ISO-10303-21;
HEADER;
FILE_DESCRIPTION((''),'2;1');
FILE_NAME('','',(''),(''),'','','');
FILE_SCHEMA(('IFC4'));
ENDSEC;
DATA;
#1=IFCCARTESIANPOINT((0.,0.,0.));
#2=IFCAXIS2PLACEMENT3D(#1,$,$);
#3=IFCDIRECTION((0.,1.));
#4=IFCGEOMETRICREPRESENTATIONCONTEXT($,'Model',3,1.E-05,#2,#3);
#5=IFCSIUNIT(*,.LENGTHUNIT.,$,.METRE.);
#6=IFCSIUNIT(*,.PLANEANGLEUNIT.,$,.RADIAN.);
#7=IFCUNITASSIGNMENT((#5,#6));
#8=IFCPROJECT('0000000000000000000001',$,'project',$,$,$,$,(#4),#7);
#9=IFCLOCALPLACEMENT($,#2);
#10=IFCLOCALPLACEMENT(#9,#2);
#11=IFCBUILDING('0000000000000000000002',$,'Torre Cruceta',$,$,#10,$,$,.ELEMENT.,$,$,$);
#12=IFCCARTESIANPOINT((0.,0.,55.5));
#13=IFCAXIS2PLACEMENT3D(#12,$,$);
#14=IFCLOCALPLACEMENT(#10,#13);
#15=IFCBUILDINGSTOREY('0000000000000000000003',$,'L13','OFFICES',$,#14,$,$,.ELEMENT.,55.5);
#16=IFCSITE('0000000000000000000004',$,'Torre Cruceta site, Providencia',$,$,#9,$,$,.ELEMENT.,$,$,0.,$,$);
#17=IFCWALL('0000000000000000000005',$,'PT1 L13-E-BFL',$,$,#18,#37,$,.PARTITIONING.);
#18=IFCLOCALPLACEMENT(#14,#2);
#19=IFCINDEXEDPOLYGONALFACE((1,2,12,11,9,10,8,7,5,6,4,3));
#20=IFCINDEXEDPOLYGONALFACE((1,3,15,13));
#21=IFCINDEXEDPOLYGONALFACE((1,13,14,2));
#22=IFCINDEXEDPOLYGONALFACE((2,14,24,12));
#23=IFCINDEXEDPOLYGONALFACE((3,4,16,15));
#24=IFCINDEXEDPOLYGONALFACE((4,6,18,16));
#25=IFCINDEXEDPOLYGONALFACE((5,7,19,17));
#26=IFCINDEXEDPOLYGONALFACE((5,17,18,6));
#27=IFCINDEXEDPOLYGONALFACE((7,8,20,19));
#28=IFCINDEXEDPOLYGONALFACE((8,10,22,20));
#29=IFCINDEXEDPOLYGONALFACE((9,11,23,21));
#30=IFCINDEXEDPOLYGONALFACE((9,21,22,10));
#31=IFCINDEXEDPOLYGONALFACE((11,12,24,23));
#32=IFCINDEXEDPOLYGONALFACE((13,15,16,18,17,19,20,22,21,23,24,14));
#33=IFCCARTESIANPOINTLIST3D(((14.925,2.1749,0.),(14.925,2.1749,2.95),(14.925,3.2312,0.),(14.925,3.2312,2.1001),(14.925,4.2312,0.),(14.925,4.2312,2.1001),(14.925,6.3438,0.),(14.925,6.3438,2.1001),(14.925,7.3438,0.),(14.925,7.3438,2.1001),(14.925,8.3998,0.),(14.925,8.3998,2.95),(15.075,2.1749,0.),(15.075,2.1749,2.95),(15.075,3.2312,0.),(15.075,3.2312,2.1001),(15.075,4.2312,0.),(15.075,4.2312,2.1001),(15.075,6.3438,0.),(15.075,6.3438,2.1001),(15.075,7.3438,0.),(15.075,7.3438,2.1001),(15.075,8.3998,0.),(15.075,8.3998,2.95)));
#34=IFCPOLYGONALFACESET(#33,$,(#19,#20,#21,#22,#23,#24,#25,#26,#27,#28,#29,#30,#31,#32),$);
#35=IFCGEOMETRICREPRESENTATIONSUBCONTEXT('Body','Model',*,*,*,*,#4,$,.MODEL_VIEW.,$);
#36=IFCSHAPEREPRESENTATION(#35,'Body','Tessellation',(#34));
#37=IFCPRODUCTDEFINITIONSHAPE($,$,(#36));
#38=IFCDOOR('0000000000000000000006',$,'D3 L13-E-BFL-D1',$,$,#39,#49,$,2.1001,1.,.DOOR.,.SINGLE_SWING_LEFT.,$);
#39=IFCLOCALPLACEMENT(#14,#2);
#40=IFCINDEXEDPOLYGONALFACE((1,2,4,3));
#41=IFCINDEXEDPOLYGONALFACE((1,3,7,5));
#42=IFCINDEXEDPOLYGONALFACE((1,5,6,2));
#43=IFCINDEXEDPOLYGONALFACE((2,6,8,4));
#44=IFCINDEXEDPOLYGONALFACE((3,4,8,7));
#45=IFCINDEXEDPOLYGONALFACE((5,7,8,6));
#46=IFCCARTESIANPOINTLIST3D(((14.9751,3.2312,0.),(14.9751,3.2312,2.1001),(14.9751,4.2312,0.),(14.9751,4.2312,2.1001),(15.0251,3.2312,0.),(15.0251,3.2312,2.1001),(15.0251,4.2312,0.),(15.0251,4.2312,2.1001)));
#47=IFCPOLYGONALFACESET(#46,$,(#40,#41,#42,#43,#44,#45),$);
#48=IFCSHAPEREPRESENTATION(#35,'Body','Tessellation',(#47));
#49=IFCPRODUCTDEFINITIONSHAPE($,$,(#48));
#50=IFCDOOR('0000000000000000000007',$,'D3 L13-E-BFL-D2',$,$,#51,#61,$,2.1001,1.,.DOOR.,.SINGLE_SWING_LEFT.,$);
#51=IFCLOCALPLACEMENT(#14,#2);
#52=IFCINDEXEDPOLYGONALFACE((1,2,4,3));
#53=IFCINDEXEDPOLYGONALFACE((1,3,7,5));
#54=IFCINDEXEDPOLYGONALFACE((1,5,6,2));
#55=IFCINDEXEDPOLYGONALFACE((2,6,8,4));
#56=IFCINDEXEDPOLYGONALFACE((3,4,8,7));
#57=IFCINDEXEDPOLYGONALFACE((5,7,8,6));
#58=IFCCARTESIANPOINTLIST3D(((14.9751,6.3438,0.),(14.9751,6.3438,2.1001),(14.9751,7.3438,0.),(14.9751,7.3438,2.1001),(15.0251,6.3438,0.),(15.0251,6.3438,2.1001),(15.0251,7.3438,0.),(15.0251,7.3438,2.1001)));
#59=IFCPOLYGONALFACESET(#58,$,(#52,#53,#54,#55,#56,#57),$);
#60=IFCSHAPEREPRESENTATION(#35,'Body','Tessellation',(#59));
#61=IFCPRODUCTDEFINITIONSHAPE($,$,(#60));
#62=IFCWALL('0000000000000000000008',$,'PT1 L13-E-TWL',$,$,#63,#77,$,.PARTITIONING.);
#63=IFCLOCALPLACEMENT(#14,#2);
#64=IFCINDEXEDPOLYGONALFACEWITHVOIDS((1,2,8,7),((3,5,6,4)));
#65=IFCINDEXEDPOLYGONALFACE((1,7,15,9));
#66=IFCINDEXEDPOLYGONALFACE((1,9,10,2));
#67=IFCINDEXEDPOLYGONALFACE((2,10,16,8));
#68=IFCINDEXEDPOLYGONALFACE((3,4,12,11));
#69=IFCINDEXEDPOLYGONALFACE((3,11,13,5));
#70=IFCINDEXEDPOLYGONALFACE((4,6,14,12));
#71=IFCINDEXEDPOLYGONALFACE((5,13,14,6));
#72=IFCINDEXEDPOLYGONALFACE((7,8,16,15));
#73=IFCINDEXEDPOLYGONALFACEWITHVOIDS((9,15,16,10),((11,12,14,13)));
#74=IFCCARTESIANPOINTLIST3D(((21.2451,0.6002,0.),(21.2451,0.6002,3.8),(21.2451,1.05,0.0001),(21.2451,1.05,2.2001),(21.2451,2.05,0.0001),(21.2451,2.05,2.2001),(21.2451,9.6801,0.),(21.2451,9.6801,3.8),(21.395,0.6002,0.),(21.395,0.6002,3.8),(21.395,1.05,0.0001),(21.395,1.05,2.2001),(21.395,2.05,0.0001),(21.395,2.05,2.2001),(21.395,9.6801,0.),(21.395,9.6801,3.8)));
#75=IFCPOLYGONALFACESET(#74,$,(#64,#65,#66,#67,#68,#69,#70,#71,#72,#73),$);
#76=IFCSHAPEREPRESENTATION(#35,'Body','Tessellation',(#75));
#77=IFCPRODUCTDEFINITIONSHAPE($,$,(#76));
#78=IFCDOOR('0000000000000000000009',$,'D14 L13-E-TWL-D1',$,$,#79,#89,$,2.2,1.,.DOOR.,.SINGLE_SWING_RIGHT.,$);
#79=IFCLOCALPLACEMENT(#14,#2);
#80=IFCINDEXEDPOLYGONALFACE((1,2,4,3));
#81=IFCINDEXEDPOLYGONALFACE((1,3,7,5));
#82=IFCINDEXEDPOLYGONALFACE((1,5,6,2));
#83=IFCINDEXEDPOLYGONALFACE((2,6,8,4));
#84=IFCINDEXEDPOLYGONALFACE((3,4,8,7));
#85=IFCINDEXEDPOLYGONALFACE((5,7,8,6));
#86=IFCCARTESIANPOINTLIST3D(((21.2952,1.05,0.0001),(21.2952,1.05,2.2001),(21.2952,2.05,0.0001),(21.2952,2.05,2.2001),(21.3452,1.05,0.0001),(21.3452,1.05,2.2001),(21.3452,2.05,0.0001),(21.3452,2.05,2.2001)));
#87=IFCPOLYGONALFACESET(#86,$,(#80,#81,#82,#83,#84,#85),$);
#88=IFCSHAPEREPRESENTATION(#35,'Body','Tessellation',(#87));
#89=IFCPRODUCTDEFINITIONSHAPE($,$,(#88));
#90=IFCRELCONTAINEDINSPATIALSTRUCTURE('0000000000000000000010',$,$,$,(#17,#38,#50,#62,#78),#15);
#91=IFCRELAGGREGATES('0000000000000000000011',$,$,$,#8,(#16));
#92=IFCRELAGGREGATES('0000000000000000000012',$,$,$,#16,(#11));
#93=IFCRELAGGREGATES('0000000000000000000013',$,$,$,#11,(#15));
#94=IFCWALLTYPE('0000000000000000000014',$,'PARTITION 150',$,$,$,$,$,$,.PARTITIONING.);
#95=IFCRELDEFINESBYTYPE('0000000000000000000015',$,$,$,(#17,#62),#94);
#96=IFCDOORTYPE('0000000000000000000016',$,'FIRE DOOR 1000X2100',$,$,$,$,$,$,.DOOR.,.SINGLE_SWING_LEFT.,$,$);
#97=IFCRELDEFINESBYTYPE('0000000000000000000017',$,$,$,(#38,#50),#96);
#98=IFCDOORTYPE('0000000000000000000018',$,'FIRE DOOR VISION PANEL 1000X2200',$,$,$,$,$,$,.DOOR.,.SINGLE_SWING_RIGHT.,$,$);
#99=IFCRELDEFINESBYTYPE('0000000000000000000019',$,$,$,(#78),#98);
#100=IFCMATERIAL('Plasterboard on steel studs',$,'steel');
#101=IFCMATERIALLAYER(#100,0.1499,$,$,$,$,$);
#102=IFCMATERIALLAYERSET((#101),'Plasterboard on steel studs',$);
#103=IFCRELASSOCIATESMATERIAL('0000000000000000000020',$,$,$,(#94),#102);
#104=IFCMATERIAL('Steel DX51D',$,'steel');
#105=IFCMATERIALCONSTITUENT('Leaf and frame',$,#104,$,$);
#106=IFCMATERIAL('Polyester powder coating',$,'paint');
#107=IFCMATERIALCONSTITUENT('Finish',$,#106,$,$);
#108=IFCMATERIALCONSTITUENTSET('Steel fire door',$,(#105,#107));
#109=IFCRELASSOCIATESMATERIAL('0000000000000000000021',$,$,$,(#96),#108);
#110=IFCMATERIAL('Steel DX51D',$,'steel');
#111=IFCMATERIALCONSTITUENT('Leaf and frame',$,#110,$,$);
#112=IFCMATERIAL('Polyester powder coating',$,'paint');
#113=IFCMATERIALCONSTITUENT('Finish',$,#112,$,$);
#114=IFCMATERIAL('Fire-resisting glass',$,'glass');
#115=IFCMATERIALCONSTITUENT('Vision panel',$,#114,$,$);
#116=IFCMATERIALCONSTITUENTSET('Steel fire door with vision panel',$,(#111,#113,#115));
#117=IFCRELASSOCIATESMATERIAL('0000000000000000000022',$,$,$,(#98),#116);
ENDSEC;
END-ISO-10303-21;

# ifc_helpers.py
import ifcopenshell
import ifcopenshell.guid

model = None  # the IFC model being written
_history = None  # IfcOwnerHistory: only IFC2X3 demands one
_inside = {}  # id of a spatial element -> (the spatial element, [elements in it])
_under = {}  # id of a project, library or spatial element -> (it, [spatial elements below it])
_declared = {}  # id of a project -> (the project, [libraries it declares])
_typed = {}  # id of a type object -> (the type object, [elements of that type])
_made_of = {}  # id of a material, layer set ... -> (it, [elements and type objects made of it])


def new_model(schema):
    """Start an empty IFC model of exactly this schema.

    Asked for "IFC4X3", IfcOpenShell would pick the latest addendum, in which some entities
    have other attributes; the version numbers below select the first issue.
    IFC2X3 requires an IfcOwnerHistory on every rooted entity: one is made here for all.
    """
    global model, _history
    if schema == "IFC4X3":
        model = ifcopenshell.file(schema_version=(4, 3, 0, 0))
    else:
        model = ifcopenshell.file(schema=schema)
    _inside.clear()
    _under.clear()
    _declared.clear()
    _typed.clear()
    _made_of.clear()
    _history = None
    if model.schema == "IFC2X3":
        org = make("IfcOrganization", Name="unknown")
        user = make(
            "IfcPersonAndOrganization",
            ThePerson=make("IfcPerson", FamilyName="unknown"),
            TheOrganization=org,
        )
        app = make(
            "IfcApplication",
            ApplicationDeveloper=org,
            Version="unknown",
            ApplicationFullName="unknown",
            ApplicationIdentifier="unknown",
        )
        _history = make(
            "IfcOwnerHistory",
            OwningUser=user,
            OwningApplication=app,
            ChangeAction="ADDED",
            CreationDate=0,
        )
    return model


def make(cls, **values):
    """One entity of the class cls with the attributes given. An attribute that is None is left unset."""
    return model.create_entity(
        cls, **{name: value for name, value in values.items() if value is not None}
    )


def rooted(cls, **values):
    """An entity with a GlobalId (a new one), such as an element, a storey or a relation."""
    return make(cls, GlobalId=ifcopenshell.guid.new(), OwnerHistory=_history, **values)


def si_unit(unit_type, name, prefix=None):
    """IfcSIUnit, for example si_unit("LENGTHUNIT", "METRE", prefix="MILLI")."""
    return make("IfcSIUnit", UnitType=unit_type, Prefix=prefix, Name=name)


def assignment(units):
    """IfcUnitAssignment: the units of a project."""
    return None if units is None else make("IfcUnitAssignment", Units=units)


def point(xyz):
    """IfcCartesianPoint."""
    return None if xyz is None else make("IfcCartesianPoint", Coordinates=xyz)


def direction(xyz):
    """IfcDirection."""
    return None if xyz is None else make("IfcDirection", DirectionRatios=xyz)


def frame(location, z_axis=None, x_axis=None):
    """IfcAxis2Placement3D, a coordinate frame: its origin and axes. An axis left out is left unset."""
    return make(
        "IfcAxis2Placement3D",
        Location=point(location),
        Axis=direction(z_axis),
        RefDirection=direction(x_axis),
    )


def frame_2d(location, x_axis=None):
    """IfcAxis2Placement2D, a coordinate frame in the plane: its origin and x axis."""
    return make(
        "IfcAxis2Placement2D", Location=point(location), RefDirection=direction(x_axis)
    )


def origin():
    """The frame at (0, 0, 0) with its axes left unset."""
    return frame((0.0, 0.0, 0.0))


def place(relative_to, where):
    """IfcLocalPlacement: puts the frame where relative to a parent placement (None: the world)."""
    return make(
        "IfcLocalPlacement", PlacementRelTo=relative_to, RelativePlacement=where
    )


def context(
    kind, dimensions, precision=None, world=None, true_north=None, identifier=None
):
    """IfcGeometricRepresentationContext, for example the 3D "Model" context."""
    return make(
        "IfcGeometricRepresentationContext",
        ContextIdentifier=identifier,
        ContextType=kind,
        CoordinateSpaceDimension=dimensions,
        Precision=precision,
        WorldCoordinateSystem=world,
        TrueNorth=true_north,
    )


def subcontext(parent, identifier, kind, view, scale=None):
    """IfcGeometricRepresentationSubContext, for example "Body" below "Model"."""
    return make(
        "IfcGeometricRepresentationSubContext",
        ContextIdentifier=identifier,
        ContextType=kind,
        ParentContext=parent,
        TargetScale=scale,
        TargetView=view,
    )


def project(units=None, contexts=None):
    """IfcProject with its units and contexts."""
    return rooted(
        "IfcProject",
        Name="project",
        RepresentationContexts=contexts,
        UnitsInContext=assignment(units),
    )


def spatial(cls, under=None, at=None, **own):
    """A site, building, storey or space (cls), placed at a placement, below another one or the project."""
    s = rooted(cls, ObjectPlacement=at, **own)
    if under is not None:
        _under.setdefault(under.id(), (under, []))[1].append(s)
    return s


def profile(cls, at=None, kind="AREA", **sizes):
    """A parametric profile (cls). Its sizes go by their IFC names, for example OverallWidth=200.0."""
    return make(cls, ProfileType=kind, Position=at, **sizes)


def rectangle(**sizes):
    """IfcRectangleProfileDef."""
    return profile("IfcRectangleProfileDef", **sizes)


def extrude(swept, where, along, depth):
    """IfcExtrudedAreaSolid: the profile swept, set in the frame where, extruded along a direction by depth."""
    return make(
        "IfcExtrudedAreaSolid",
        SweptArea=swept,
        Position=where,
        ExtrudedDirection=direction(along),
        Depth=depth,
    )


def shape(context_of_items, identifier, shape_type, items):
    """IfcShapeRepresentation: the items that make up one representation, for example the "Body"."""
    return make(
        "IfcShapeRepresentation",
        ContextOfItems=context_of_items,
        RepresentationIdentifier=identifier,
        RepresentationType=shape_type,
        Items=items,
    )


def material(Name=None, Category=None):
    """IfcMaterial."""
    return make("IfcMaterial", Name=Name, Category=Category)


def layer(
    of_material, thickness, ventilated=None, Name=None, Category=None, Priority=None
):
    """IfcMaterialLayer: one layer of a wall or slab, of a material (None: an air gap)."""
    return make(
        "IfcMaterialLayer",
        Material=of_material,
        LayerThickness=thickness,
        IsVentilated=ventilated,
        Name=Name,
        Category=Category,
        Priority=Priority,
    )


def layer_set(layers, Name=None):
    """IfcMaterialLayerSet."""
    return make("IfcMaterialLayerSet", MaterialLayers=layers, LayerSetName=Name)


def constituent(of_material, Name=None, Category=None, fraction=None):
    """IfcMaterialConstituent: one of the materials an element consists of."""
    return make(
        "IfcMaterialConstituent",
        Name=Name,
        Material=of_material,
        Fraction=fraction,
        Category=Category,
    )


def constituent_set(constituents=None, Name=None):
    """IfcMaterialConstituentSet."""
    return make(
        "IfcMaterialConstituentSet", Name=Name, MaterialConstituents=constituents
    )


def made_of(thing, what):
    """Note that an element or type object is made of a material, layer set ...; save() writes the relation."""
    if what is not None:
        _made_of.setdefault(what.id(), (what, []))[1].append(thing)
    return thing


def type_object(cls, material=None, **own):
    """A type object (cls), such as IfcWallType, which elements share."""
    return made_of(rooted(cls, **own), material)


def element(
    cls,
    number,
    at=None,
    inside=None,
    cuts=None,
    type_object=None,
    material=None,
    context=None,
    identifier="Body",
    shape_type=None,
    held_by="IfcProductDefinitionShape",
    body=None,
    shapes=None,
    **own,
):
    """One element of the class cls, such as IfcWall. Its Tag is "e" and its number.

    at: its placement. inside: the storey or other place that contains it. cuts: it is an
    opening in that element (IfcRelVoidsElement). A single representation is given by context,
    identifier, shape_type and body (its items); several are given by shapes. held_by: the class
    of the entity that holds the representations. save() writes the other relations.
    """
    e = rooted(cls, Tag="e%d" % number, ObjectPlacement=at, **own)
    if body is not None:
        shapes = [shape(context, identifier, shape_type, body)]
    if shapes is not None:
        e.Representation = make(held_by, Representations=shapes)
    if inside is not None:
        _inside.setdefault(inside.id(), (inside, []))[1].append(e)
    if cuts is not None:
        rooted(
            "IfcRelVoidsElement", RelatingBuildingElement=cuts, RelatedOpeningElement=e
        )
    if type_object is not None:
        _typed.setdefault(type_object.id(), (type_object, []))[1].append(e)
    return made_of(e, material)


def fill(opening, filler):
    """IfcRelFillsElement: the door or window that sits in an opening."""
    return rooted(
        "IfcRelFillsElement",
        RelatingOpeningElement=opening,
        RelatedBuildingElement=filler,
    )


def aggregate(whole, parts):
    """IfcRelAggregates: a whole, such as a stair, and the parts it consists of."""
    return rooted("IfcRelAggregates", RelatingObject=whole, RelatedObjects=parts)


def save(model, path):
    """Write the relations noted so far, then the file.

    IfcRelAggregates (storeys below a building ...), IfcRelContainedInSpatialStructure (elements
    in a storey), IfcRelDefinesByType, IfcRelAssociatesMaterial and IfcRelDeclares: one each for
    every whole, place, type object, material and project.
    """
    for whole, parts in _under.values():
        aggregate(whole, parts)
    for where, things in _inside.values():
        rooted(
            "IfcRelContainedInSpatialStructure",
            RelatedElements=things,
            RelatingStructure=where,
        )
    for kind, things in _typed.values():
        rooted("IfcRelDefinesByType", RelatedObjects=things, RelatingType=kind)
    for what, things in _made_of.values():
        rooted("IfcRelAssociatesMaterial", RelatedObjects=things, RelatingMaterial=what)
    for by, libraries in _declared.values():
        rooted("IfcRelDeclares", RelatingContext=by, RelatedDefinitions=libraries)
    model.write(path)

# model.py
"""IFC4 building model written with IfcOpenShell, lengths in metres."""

from ifc_helpers import new_model, si_unit, direction, frame, frame_2d, origin, place, context, subcontext, project, spatial, rectangle, extrude, material, layer, layer_set, constituent, constituent_set, type_object, element, fill, save


model = new_model("IFC4")

# Units and contexts
model_context = context("Model", 3, precision=1e-05, world=origin(), true_north=direction((0.0, 1.0)))
body_context = subcontext(model_context, "Body", "Model", "MODEL_VIEW")
ifc_project = project(units=[si_unit("LENGTHUNIT", "METRE"), si_unit("PLANEANGLEUNIT", "RADIAN")], contexts=[model_context])

# Site, building, storey
site_placement = place(None, origin())
site = spatial("IfcSite", under=ifc_project, at=site_placement, Name="Torre Cruceta site, Providencia", CompositionType="ELEMENT", RefElevation=0.0)
building_placement = place(site_placement, origin())
building = spatial("IfcBuilding", under=site, at=building_placement, Name="Torre Cruceta", CompositionType="ELEMENT")
storey_placement = place(building_placement, frame((0.0, 0.0, 55.5)))
storey = spatial("IfcBuildingStorey", under=building, at=storey_placement, Name="L13", Description="OFFICES", CompositionType="ELEMENT", Elevation=55.5)

# Wall, openings, doors
ifc_material_1 = material(Name="Plasterboard on steel studs", Category="steel")
ifc_layer_1 = layer(ifc_material_1, 0.1499)
ifc_layer_set_1 = layer_set([ifc_layer_1], Name="Plasterboard on steel studs")
wall_type_1 = type_object("IfcWallType", Name="PARTITION 150", PredefinedType="PARTITIONING", material=ifc_layer_set_1)
wall_1_placement = place(storey_placement, frame((15.0, 2.175, 0.0), z_axis=(0.0, 0.0, 1.0), x_axis=(0.0, 1.0, 0.0)))
wall_1 = element("IfcWall", 1, at=wall_1_placement, inside=storey, type_object=wall_type_1, Name="PT1 L13-E-BFL", PredefinedType="PARTITIONING", context=body_context, shape_type="SweptSolid", body=[
    extrude(rectangle(XDim=6.2249, YDim=0.1499, at=frame_2d((3.1123, 0.0))), origin(), (0.0, 0.0, 1.0), 2.95),
])
opening_1_placement = place(wall_1_placement, frame((1.0562, 0.0, 0.0)))
opening_1 = element("IfcOpeningElement", 2, at=opening_1_placement, cuts=wall_1, PredefinedType="OPENING", context=body_context, shape_type="SweptSolid", body=[
    extrude(rectangle(XDim=1.0, YDim=2.1001, at=frame_2d((0.5, 1.05))), frame((0.0, 0.085, 0.0), z_axis=(0.0, -1.0, 0.0), x_axis=(1.0, 0.0, 0.0)), (0.0, 0.0, 1.0), 0.1699),
])
opening_2_placement = place(wall_1_placement, frame((4.1687, 0.0, 0.0)))
opening_2 = element("IfcOpeningElement", 3, at=opening_2_placement, cuts=wall_1, PredefinedType="OPENING", context=body_context, shape_type="SweptSolid", body=[
    extrude(rectangle(XDim=1.0, YDim=2.1001, at=frame_2d((0.5, 1.05))), frame((0.0, 0.085, 0.0), z_axis=(0.0, -1.0, 0.0), x_axis=(1.0, 0.0, 0.0)), (0.0, 0.0, 1.0), 0.1699),
])
ifc_material_2 = material(Name="Steel DX51D", Category="steel")
ifc_constituent_1 = constituent(ifc_material_2, Name="Leaf and frame")
ifc_material_3 = material(Name="Polyester powder coating", Category="paint")
ifc_constituent_2 = constituent(ifc_material_3, Name="Finish")
ifc_constituent_set_1 = constituent_set(constituents=[ifc_constituent_1, ifc_constituent_2], Name="Steel fire door")
door_type_1 = type_object("IfcDoorType", Name="FIRE DOOR 1000X2100", OperationType="SINGLE_SWING_LEFT", PredefinedType="DOOR", material=ifc_constituent_set_1)
door_1_placement = place(opening_1_placement, origin())
door_1 = element("IfcDoor", 4, at=door_1_placement, inside=storey, type_object=door_type_1, Name="D3 L13-E-BFL-D1", OperationType="SINGLE_SWING_LEFT", OverallHeight=2.1001, OverallWidth=1.0, PredefinedType="DOOR", context=body_context, shape_type="SweptSolid", body=[
    extrude(rectangle(XDim=1.0, YDim=2.1001, at=frame_2d((0.5, 1.05))), frame((0.0, 0.0249, 0.0), z_axis=(0.0, -1.0, 0.0), x_axis=(1.0, 0.0, 0.0)), (0.0, 0.0, 1.0), 0.05),
])
fill(opening_1, door_1)
door_2_placement = place(opening_2_placement, origin())
door_2 = element("IfcDoor", 5, at=door_2_placement, inside=storey, type_object=door_type_1, Name="D3 L13-E-BFL-D2", OperationType="SINGLE_SWING_LEFT", OverallHeight=2.1001, OverallWidth=1.0, PredefinedType="DOOR", context=body_context, shape_type="SweptSolid", body=[
    extrude(rectangle(XDim=1.0, YDim=2.1001, at=frame_2d((0.5, 1.05))), frame((0.0, 0.0249, 0.0), z_axis=(0.0, -1.0, 0.0), x_axis=(1.0, 0.0, 0.0)), (0.0, 0.0, 1.0), 0.05),
])
fill(opening_2, door_2)

# Wall, opening, door
wall_2_placement = place(storey_placement, frame((21.3201, 0.6001, 0.0), z_axis=(0.0, 0.0, 1.0), x_axis=(0.0, 1.0, 0.0)))
wall_2 = element("IfcWall", 6, at=wall_2_placement, inside=storey, type_object=wall_type_1, Name="PT1 L13-E-TWL", PredefinedType="PARTITIONING", context=body_context, shape_type="SweptSolid", body=[
    extrude(rectangle(XDim=9.0798, YDim=0.1499, at=frame_2d((4.54, 0.0))), origin(), (0.0, 0.0, 1.0), 3.8),
])
opening_3_placement = place(wall_2_placement, frame((0.45, 0.0, 0.0)))
opening_3 = element("IfcOpeningElement", 7, at=opening_3_placement, cuts=wall_2, PredefinedType="OPENING", context=body_context, shape_type="SweptSolid", body=[
    extrude(rectangle(XDim=1.0, YDim=2.2, at=frame_2d((0.5, 1.1001))), frame((0.0, 0.085, 0.0), z_axis=(0.0, -1.0, 0.0), x_axis=(1.0, 0.0, 0.0)), (0.0, 0.0, 1.0), 0.1699),
])
ifc_material_4 = material(Name="Steel DX51D", Category="steel")
ifc_constituent_3 = constituent(ifc_material_4, Name="Leaf and frame")
ifc_material_5 = material(Name="Polyester powder coating", Category="paint")
ifc_constituent_4 = constituent(ifc_material_5, Name="Finish")
ifc_material_6 = material(Name="Fire-resisting glass", Category="glass")
ifc_constituent_5 = constituent(ifc_material_6, Name="Vision panel")
ifc_constituent_set_2 = constituent_set(constituents=[ifc_constituent_3, ifc_constituent_4, ifc_constituent_5], Name="Steel fire door with vision panel")
door_type_2 = type_object("IfcDoorType", Name="FIRE DOOR VISION PANEL 1000X2200", OperationType="SINGLE_SWING_RIGHT", PredefinedType="DOOR", material=ifc_constituent_set_2)
door_3_placement = place(opening_3_placement, frame((1.0, 0.0, 0.0), z_axis=(0.0, 0.0, 1.0), x_axis=(-1.0, 0.0, 0.0)))
door_3 = element("IfcDoor", 8, at=door_3_placement, inside=storey, type_object=door_type_2, Name="D14 L13-E-TWL-D1", OperationType="SINGLE_SWING_RIGHT", OverallHeight=2.2, OverallWidth=1.0, PredefinedType="DOOR", context=body_context, shape_type="SweptSolid", body=[
    extrude(rectangle(XDim=1.0, YDim=2.2, at=frame_2d((0.5, 1.1001))), frame((0.0, 0.0251, 0.0), z_axis=(0.0, -1.0, 0.0), x_axis=(1.0, 0.0, 0.0)), (0.0, 0.0, 1.0), 0.05),
])
fill(opening_3, door_3)

save(model, "model.ifc")
